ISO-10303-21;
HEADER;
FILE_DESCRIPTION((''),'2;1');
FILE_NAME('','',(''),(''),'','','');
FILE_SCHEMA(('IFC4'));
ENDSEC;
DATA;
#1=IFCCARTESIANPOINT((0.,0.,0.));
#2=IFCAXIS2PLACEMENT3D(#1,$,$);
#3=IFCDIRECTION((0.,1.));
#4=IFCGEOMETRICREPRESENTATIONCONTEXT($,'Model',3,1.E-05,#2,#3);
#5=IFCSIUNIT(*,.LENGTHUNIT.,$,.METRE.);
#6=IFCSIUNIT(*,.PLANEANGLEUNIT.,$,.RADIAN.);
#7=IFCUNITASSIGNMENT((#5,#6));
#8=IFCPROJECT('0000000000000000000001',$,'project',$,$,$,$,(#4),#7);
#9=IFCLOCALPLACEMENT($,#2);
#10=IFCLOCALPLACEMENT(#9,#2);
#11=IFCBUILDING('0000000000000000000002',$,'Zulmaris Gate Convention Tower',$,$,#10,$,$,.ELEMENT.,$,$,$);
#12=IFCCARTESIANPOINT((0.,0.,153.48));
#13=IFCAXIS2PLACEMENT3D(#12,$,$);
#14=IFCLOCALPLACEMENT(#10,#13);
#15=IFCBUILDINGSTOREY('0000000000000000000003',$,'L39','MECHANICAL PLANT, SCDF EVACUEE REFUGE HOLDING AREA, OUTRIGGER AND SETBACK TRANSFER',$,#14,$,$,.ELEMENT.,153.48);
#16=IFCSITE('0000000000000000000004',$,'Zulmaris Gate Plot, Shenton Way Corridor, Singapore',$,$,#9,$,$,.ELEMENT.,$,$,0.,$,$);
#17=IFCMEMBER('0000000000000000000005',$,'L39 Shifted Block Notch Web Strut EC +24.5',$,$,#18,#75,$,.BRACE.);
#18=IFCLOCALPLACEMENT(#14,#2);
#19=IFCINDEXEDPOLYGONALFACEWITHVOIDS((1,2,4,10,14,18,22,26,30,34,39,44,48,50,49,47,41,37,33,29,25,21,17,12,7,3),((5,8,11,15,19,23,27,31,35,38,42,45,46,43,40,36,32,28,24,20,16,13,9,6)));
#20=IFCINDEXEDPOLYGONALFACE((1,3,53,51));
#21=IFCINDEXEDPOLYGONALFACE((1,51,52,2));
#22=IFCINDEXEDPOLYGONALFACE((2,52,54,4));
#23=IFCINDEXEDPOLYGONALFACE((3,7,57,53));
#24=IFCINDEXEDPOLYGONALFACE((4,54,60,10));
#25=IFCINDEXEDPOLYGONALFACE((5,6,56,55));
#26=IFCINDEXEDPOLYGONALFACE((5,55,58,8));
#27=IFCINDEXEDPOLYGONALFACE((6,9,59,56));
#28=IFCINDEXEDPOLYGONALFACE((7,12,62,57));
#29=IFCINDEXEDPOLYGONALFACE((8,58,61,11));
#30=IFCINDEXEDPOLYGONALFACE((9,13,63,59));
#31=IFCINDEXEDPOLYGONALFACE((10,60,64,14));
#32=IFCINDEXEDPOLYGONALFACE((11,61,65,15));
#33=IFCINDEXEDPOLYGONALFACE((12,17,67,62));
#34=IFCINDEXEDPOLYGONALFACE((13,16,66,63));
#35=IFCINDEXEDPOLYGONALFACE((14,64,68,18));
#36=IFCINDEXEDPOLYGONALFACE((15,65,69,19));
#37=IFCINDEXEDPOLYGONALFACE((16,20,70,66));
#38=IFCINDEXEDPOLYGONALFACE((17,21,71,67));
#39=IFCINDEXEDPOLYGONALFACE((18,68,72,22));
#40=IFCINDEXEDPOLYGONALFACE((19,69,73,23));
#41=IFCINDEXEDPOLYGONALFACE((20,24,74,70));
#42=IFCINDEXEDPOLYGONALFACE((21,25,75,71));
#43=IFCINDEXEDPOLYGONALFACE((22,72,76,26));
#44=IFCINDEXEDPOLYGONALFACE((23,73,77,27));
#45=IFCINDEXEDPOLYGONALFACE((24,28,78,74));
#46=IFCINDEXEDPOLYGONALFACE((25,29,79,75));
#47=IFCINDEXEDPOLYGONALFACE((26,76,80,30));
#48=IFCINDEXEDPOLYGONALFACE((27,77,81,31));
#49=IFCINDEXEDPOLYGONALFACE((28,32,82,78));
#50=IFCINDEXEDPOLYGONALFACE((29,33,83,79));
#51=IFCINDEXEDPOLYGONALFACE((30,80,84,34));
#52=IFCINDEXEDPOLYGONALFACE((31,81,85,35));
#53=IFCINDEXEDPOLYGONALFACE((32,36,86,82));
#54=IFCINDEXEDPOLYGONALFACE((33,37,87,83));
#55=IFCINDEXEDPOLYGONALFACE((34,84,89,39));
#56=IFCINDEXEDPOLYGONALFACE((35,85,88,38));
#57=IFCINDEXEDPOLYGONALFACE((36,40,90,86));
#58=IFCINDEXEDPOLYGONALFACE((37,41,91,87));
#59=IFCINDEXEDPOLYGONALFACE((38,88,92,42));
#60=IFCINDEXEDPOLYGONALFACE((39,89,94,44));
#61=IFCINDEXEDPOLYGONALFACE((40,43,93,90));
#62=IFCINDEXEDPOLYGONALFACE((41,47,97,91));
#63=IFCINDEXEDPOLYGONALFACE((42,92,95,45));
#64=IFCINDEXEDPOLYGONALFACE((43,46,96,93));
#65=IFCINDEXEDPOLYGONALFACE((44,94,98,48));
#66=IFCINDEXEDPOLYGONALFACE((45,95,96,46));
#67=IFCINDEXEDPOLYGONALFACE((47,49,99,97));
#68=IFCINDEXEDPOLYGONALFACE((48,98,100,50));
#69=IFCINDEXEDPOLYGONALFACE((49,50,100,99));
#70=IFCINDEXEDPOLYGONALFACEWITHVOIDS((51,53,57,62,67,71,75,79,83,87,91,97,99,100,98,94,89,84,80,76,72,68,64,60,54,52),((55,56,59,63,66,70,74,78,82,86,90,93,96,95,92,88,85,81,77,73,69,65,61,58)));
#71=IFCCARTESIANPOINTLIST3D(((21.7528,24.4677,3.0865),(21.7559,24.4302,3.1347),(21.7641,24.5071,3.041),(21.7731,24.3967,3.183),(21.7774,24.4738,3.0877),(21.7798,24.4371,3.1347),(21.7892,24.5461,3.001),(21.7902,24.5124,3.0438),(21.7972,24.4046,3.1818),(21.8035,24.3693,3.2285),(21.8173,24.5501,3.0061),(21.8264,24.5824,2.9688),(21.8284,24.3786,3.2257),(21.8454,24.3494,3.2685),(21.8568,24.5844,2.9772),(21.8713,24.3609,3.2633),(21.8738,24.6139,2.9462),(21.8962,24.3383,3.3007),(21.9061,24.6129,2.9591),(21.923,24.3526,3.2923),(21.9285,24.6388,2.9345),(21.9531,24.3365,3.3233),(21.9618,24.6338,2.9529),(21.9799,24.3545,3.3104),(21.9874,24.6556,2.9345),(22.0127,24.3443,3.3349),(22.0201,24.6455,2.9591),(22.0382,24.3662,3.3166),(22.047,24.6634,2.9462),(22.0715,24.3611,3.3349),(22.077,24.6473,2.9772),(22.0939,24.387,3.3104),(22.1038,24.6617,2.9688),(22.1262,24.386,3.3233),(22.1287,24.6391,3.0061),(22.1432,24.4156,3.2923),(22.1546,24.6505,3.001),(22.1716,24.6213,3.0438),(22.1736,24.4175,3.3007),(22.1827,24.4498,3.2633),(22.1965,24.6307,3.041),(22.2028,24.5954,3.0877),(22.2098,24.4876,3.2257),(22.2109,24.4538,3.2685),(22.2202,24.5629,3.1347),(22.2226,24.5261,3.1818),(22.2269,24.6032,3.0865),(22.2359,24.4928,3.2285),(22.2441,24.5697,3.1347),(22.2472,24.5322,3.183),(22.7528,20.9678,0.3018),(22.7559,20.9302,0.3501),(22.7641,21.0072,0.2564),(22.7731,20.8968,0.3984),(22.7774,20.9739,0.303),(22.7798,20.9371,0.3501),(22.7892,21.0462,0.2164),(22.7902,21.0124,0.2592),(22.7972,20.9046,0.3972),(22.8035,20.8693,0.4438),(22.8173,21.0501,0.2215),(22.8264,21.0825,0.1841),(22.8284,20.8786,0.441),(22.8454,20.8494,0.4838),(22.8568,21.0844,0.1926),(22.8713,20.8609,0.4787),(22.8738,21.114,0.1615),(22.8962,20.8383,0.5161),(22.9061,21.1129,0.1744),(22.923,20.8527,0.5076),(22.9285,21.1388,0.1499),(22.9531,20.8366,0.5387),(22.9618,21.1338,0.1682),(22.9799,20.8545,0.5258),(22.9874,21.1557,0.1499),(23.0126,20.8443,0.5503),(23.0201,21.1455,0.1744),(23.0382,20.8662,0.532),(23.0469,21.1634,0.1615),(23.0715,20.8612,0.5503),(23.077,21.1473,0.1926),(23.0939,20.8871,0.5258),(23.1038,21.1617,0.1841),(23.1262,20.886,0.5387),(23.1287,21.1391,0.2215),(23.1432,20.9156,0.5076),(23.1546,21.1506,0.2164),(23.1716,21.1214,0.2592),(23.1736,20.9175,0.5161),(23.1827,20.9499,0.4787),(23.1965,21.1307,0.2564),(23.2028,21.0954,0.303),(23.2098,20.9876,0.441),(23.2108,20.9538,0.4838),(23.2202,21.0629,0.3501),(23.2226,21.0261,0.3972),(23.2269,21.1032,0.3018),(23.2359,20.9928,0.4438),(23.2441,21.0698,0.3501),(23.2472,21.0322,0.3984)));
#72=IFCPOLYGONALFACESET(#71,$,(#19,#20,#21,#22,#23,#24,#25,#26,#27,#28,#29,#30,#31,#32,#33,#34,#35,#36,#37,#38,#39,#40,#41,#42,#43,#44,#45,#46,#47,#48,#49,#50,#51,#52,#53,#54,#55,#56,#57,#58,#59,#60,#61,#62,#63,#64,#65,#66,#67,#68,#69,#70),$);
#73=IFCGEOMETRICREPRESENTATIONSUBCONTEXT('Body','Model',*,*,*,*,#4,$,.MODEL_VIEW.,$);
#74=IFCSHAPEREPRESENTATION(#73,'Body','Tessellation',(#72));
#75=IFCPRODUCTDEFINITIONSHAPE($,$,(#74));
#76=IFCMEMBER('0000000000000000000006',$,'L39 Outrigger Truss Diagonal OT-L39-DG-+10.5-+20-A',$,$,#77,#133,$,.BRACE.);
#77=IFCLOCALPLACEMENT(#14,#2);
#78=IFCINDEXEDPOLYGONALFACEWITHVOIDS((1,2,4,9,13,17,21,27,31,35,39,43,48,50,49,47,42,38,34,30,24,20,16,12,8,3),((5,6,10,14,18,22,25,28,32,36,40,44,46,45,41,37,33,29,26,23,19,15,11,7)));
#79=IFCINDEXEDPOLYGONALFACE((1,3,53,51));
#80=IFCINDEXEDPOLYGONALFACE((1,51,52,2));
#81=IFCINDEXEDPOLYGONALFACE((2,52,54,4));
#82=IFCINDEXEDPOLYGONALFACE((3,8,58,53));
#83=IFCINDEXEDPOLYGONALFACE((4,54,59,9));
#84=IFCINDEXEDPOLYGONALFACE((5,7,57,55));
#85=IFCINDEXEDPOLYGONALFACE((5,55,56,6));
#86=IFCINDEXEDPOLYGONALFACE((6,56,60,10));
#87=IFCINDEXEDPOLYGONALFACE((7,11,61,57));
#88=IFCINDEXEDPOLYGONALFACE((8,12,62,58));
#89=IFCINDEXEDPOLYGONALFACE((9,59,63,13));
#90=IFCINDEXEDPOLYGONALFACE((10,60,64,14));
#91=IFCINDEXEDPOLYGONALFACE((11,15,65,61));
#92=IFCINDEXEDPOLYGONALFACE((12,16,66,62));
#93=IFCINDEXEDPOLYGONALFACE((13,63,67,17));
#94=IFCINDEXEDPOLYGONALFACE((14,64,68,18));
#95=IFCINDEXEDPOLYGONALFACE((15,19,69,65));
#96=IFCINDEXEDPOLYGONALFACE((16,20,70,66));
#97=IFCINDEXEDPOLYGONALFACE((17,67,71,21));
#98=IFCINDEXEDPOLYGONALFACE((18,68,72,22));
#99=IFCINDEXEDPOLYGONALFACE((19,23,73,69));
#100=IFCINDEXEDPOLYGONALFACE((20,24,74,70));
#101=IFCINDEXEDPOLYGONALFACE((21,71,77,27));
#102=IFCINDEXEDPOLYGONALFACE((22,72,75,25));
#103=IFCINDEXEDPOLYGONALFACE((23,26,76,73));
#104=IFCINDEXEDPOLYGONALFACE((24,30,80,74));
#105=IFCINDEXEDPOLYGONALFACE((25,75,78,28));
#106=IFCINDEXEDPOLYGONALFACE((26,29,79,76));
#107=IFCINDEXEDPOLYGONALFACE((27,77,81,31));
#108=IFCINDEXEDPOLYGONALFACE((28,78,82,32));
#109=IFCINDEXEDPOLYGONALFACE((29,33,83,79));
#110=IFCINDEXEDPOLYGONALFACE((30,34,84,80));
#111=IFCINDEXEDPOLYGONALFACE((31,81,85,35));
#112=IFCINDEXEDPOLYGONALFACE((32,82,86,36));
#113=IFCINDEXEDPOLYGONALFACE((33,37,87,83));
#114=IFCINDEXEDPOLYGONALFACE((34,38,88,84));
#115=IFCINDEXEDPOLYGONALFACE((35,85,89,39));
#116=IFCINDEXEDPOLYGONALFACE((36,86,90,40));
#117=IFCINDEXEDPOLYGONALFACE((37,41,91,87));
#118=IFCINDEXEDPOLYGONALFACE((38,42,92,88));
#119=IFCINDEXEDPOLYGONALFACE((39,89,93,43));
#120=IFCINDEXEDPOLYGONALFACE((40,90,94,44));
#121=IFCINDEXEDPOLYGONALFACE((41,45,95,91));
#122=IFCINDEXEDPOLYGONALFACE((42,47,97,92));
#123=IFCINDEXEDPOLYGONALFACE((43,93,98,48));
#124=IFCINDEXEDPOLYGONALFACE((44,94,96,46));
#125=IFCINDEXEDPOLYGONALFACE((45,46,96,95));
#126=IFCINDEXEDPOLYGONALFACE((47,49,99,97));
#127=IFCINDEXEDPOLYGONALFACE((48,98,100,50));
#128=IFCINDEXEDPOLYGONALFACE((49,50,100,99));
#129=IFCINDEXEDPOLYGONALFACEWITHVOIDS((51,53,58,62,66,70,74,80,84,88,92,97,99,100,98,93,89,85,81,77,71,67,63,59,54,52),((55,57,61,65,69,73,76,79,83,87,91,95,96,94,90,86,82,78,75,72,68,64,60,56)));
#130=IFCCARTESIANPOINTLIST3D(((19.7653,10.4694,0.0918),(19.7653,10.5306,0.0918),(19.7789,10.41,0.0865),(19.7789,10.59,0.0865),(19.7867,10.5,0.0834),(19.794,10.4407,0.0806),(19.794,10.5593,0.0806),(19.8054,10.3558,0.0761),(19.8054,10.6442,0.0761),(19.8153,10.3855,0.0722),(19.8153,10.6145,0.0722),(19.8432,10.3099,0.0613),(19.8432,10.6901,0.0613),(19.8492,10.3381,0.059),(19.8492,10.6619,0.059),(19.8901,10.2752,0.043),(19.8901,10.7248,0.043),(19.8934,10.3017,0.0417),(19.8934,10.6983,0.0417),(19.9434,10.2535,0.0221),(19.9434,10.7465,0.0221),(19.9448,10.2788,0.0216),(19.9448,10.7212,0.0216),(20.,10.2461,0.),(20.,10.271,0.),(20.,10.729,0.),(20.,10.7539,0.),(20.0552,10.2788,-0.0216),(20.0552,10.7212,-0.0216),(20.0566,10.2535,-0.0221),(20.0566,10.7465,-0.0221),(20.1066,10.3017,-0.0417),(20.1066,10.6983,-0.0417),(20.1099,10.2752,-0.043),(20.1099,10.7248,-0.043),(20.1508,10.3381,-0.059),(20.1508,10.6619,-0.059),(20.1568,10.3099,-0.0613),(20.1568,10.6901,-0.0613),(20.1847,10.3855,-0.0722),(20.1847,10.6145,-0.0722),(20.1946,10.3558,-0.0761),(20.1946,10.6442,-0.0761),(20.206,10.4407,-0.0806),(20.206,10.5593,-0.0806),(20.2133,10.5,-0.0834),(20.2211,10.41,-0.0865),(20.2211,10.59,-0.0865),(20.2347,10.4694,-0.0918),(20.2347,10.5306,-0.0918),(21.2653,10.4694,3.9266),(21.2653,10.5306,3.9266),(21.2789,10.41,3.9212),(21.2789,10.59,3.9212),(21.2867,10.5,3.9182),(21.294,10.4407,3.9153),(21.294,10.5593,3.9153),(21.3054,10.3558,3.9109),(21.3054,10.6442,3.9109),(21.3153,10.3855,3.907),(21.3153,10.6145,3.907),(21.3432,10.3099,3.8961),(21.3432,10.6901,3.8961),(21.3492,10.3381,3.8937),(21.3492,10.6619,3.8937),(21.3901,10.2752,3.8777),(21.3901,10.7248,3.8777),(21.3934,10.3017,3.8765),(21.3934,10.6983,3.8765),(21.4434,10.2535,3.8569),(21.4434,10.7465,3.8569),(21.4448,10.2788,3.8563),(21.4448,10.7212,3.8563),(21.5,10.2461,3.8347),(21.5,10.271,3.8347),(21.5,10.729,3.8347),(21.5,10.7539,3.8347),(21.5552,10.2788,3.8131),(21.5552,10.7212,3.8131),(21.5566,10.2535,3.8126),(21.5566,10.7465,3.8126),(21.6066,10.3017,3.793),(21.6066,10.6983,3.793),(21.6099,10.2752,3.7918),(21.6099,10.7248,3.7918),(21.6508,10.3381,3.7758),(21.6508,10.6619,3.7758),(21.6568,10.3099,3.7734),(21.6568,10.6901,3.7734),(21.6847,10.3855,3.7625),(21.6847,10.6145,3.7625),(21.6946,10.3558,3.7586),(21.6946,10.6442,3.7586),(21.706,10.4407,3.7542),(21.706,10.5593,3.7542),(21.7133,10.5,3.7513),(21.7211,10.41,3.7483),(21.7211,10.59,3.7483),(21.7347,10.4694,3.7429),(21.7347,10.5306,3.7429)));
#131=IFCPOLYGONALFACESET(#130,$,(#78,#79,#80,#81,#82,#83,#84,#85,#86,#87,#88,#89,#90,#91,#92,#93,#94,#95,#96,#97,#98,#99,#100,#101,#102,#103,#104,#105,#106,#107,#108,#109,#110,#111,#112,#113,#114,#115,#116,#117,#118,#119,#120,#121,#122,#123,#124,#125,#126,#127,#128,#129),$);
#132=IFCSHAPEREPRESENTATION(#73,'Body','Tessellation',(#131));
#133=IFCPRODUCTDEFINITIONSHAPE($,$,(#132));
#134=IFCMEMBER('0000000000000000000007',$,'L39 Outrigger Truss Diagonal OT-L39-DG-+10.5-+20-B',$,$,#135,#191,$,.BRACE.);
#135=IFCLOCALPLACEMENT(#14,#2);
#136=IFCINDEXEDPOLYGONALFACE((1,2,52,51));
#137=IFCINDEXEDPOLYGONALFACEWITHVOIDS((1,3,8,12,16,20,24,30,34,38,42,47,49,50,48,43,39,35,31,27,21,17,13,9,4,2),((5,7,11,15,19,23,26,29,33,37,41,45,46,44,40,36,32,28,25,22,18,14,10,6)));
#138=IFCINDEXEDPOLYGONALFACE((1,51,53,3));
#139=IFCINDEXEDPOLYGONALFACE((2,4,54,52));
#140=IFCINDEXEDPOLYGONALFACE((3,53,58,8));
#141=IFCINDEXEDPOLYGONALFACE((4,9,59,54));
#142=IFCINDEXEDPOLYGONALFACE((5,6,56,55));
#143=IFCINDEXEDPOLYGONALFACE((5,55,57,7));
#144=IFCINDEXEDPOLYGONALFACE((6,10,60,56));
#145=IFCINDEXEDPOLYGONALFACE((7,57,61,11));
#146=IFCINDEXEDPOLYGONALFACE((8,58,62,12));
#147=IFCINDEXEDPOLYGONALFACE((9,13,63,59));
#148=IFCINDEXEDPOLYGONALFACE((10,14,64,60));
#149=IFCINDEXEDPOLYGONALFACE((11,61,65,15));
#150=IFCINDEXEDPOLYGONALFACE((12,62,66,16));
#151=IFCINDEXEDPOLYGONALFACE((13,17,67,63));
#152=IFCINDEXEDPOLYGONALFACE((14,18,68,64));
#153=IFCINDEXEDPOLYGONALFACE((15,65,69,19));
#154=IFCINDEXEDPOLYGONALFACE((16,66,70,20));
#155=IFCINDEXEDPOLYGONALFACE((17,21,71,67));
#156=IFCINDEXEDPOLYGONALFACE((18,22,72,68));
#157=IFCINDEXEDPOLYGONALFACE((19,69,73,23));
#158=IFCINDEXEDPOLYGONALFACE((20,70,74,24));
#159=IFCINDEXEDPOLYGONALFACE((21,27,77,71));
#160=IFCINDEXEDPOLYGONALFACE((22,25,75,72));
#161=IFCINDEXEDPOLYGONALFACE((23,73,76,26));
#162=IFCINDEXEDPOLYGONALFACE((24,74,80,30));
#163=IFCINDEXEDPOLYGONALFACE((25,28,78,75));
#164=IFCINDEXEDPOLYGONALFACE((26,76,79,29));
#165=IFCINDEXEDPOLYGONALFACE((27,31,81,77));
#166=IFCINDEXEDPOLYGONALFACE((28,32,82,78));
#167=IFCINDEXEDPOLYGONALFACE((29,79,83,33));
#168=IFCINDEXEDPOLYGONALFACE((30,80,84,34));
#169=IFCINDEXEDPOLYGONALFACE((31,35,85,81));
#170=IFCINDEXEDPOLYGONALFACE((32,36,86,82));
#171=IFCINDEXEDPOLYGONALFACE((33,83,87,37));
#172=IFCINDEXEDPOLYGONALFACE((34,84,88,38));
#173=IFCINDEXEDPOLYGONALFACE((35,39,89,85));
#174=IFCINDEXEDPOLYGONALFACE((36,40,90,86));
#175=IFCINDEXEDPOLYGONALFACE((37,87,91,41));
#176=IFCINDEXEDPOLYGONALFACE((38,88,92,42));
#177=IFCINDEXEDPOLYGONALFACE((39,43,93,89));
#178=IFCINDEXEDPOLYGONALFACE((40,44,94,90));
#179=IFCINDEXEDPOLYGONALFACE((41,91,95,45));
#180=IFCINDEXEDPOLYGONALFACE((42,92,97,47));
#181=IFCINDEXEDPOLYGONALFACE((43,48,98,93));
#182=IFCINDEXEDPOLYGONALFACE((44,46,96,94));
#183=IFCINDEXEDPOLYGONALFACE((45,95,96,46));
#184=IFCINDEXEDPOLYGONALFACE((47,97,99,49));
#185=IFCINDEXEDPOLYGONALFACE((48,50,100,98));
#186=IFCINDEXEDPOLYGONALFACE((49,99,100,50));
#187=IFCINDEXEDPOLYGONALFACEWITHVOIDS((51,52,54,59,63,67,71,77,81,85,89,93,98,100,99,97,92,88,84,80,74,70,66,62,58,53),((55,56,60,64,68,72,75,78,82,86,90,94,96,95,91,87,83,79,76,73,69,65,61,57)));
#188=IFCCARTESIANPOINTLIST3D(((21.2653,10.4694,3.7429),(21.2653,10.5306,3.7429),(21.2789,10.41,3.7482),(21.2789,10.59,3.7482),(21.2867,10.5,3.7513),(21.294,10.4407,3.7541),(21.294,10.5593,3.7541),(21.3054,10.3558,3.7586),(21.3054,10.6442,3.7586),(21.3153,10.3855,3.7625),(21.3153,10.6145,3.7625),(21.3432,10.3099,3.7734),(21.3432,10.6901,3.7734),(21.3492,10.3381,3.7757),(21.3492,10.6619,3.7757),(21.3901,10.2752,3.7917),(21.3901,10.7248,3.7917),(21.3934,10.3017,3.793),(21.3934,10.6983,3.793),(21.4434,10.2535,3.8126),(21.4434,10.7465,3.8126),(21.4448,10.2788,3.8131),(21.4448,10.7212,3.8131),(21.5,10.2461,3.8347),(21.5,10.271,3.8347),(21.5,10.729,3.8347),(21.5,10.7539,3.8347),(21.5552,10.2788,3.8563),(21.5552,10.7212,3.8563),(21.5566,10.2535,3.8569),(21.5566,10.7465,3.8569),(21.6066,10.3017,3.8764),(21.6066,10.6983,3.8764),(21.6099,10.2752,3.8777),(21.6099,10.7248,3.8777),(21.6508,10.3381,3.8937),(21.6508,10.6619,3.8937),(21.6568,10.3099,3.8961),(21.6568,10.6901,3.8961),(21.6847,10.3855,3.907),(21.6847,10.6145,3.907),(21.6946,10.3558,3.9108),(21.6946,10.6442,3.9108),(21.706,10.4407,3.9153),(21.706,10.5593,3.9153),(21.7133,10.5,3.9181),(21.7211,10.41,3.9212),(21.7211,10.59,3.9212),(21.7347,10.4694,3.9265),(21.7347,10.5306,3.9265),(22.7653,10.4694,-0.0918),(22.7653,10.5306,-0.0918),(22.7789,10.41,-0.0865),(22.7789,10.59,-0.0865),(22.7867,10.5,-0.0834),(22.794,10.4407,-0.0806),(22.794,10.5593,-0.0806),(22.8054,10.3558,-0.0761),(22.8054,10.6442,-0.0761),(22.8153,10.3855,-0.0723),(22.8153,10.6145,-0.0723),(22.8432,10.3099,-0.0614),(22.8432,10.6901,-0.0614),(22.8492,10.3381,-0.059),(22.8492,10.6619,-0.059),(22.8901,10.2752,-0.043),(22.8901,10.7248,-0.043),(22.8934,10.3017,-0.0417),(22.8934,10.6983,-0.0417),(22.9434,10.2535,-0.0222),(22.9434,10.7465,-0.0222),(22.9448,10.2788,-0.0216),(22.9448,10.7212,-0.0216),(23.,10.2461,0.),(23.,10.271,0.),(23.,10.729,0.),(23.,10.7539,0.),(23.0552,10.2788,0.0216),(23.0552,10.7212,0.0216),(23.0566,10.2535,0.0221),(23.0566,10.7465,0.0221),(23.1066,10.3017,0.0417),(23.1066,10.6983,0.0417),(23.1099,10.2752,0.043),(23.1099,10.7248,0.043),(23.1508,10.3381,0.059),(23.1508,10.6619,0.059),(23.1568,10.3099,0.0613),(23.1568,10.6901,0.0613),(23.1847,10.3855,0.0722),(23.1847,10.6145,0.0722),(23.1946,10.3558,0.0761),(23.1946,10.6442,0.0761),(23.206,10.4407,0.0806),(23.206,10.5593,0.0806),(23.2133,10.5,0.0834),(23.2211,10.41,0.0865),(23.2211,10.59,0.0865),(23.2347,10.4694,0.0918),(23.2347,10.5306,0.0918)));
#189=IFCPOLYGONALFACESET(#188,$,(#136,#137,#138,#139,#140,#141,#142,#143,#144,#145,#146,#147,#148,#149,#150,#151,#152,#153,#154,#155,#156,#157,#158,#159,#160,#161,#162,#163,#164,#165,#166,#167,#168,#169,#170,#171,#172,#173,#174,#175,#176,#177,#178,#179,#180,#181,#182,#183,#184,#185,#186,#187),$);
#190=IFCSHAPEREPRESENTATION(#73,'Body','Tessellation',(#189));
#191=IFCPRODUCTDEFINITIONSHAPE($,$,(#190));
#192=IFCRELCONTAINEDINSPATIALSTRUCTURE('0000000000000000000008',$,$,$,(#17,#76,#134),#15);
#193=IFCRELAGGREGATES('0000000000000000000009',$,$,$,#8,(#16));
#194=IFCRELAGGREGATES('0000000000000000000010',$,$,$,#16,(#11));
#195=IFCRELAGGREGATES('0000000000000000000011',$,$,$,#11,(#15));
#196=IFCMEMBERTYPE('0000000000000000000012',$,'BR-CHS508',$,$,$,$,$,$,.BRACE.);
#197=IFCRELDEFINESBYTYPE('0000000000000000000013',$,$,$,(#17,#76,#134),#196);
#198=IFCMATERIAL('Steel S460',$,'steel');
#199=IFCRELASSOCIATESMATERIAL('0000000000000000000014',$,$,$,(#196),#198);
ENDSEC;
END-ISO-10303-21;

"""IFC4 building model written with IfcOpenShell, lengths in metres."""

from ifc_helpers import new_model, si_unit, direction, frame, origin, origin_2d, place, context, subcontext, project, spatial, hollow_circle, extrude, material, material_profile, profile_set, type_object, element, save


model = new_model("IFC4")

# Units and contexts
model_context = context("Model", 3, precision=1e-05, world=origin(), true_north=direction((0.0, 1.0)))
body_context = subcontext(model_context, "Body", "Model", "MODEL_VIEW")
ifc_project = project(units=[si_unit("LENGTHUNIT", "METRE"), si_unit("PLANEANGLEUNIT", "RADIAN")], contexts=[model_context])

# Site, building, storey
site_placement = place(None, origin())
site = spatial("IfcSite", under=ifc_project, at=site_placement, Name="Zulmaris Gate Plot, Shenton Way Corridor, Singapore", CompositionType="ELEMENT", RefElevation=0.0)
building_placement = place(site_placement, origin())
building = spatial("IfcBuilding", under=site, at=building_placement, Name="Zulmaris Gate Convention Tower", CompositionType="ELEMENT")
storey_placement = place(building_placement, frame((0.0, 0.0, 153.48)))
storey = spatial("IfcBuildingStorey", under=building, at=storey_placement, Name="L39", Description="MECHANICAL PLANT, SCDF EVACUEE REFUGE HOLDING AREA, OUTRIGGER AND SETBACK TRANSFER", CompositionType="ELEMENT", Elevation=153.48)

# Shared definitions
ifc_material_1 = material(Name="Steel S460", Category="steel")

# Members
ifc_material_profile_1 = material_profile(ifc_material_1, hollow_circle(Radius=0.2539, WallThickness=0.0249, at=origin_2d()), Name="CHS 508x25")
ifc_profile_set_1 = profile_set([ifc_material_profile_1], Name="Steel S460")
member_type_1 = type_object("IfcMemberType", Name="BR-CHS508", PredefinedType="BRACE", material=ifc_profile_set_1)
member_1_placement = place(storey_placement, frame((23.0, 21.0, 0.3501), z_axis=(-0.218195, 0.763683, 0.607601), x_axis=(-0.961524, -0.274721, 0.0)))
element("IfcMember", 1, at=member_1_placement, inside=storey, type_object=member_type_1, Name="L39 Shifted Block Notch Web Strut EC +24.5", PredefinedType="BRACE", context=body_context, shape_type="SweptSolid", body=[
    extrude(hollow_circle(Radius=0.2539, WallThickness=0.0249, at=origin_2d()), origin(), (0.0, 0.0, 1.0), 4.583),
])
for number, where, z_axis, x_axis, name in (
    (2, (20.0, 10.5, 0.0), (0.364285, 0.0, 0.931287), (0.0, 1.0, 0.0), "L39 Outrigger Truss Diagonal OT-L39-DG-+10.5-+20-A"),
    (3, (21.5, 10.5, 3.8347), (0.364285, 0.0, -0.931287), (0.0, 1.0, 0.0), "L39 Outrigger Truss Diagonal OT-L39-DG-+10.5-+20-B"),
):
    element("IfcMember", number, at=place(storey_placement, frame(where, z_axis=z_axis, x_axis=x_axis)), inside=storey, type_object=member_type_1, Name=name, PredefinedType="BRACE", context=body_context, shape_type="SweptSolid", body=[
        extrude(hollow_circle(Radius=0.2539, WallThickness=0.0249, at=origin_2d()), origin(), (0.0, 0.0, 1.0), 4.1177),
    ])

save(model, "model.ifc")
